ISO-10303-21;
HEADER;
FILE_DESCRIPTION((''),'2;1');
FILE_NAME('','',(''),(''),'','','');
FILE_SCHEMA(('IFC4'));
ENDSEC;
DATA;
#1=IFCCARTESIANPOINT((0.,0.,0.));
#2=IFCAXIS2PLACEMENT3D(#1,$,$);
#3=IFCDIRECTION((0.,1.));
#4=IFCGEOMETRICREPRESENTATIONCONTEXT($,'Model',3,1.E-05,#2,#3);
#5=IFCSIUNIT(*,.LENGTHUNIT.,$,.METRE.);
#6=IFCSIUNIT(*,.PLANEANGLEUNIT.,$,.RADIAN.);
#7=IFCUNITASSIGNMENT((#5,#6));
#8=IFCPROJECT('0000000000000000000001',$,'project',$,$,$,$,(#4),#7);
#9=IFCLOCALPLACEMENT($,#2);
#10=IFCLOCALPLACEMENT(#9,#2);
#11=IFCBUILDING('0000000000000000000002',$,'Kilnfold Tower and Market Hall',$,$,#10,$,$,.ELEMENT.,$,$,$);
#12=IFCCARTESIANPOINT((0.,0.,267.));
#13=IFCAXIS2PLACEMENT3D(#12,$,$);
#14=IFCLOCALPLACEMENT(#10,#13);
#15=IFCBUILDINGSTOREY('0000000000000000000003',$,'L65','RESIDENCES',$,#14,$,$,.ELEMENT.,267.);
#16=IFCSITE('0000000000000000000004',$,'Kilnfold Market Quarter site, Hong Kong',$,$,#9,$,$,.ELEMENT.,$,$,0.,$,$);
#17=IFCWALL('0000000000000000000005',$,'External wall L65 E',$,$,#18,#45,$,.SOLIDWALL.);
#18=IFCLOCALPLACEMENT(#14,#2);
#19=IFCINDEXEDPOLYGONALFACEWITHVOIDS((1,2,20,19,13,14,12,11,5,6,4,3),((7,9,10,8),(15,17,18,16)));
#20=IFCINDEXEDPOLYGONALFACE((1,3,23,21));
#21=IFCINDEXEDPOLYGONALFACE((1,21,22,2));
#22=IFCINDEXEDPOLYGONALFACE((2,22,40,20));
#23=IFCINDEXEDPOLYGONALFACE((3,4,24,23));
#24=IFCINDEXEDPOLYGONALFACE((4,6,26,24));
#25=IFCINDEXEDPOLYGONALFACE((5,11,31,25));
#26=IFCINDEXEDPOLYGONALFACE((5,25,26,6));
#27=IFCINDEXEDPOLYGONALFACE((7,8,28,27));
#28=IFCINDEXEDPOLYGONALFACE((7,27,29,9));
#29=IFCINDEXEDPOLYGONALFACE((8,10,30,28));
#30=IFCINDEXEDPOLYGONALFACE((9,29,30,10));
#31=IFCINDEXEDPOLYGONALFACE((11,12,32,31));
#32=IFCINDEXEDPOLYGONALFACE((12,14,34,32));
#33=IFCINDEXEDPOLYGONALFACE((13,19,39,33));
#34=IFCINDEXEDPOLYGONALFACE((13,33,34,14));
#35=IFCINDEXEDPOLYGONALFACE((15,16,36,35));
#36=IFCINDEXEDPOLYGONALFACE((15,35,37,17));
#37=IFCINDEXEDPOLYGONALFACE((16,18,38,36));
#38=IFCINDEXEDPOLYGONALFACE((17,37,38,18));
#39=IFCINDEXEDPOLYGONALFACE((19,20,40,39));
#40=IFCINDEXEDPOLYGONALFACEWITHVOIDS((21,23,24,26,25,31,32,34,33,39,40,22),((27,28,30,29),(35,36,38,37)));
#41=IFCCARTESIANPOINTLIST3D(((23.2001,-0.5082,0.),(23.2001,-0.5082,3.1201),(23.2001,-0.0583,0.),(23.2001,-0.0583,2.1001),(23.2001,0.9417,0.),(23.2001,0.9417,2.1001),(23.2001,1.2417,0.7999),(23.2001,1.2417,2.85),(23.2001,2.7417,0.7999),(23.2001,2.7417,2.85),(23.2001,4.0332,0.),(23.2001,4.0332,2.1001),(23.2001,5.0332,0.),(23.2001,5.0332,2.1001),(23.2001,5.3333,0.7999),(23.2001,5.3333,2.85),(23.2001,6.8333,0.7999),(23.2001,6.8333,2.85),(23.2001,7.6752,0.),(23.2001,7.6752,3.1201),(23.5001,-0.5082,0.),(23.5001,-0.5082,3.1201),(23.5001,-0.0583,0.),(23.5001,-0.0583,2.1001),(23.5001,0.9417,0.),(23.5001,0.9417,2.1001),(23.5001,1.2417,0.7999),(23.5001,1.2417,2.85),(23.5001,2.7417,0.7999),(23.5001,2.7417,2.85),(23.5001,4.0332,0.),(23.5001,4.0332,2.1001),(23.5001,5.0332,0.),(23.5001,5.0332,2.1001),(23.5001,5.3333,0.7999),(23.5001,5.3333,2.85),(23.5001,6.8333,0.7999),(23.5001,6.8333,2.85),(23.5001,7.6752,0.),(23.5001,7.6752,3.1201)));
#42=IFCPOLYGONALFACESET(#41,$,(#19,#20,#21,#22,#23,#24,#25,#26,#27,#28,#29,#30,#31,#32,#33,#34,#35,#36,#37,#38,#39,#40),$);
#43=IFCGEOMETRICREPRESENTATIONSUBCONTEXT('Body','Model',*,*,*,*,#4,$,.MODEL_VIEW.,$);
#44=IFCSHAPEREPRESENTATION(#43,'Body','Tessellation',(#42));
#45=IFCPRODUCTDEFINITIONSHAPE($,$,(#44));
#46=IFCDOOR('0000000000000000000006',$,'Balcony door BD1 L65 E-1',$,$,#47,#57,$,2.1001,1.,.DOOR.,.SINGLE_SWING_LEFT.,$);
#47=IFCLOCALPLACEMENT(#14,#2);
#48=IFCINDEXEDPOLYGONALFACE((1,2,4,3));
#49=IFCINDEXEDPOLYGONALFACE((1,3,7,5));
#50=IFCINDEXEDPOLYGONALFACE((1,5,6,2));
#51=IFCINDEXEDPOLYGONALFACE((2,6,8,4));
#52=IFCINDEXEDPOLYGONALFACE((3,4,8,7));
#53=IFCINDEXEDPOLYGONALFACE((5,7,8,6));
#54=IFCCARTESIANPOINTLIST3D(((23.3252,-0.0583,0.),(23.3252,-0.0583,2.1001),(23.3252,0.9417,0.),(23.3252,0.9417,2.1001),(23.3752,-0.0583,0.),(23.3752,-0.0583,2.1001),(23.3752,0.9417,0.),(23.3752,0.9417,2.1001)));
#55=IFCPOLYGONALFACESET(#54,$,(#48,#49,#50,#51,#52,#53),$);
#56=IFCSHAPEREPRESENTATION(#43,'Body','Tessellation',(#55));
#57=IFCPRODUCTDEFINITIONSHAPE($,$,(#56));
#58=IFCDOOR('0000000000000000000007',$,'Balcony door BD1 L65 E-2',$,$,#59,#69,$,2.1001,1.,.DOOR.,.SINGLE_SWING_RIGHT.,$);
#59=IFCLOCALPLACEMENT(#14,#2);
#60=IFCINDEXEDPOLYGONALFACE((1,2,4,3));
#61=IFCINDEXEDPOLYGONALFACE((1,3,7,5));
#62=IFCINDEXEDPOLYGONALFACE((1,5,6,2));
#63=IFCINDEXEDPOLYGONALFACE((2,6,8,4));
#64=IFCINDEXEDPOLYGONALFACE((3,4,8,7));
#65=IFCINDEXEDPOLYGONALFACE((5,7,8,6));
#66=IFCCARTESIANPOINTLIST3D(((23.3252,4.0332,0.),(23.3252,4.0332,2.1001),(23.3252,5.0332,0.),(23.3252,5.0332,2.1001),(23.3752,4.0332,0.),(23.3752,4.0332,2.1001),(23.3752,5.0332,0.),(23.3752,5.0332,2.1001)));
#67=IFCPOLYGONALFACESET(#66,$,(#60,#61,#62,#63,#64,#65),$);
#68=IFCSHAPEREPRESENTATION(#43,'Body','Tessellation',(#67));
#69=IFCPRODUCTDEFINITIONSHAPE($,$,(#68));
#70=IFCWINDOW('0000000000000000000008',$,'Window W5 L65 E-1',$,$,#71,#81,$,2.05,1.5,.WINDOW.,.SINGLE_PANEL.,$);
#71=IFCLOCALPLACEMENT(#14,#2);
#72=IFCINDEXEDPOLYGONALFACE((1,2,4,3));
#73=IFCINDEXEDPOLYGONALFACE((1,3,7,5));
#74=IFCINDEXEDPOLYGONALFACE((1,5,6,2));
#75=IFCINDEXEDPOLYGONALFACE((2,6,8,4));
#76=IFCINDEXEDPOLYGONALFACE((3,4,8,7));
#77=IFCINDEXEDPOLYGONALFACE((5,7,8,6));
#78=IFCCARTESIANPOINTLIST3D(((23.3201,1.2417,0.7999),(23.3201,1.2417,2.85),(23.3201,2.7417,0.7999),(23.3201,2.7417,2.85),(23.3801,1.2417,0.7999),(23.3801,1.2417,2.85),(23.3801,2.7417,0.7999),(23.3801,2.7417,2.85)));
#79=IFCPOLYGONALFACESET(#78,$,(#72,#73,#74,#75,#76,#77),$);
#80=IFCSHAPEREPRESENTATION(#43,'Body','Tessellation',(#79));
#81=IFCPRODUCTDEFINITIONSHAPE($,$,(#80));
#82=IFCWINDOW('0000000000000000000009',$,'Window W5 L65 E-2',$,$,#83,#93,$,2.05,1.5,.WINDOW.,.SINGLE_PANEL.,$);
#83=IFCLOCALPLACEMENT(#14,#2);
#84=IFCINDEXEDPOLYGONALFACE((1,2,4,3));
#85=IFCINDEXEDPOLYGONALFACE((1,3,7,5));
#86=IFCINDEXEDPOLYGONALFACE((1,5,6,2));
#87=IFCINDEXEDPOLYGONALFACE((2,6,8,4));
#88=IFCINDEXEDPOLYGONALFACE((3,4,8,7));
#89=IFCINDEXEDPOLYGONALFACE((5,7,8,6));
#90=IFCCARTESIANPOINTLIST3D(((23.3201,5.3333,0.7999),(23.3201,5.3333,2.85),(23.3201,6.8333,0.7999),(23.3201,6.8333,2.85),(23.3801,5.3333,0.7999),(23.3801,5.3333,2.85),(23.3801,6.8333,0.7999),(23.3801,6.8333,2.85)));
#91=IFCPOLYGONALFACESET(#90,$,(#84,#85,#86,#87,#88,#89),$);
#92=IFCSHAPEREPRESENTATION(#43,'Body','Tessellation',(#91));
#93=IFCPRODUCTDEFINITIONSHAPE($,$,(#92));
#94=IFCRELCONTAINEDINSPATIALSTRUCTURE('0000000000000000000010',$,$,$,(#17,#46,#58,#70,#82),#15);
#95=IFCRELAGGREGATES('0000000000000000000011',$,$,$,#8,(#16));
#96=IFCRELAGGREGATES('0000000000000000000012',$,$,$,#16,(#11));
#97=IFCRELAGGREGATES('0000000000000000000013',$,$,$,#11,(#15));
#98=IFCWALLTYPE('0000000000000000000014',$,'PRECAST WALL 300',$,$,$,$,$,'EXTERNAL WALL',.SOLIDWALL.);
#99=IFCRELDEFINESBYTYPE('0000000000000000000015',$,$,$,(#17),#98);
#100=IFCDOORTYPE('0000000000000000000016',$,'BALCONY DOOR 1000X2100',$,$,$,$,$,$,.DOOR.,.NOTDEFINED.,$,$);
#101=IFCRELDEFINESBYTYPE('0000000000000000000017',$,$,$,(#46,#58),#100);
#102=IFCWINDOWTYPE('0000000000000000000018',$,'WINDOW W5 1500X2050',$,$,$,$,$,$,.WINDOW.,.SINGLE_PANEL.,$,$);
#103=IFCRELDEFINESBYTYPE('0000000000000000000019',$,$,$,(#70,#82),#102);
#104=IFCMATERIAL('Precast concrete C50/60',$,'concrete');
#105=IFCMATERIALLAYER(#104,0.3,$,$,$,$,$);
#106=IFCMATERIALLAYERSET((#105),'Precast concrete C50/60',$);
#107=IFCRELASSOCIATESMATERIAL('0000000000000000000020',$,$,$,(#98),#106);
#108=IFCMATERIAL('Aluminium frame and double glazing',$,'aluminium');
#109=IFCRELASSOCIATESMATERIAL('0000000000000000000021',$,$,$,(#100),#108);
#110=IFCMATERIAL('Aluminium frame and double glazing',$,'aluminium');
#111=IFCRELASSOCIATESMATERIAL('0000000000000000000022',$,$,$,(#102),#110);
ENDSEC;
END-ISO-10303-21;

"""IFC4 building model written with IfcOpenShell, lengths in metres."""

from ifc_helpers import new_model, si_unit, direction, frame, frame_2d, origin, place, context, subcontext, project, spatial, rectangle, extrude, source, transform, mapped, material, layer, layer_set, type_object, element, fill, save


model = new_model("IFC4")

# Units and contexts
model_context = context("Model", 3, precision=1e-05, world=origin(), true_north=direction((0.0, 1.0)))
body_context = subcontext(model_context, "Body", "Model", "MODEL_VIEW")
ifc_project = project(units=[si_unit("LENGTHUNIT", "METRE"), si_unit("PLANEANGLEUNIT", "RADIAN")], contexts=[model_context])

# Site, building, storey
site_placement = place(None, origin())
site = spatial("IfcSite", under=ifc_project, at=site_placement, Name="Kilnfold Market Quarter site, Hong Kong", CompositionType="ELEMENT", RefElevation=0.0)
building_placement = place(site_placement, origin())
building = spatial("IfcBuilding", under=site, at=building_placement, Name="Kilnfold Tower and Market Hall", CompositionType="ELEMENT")
storey_placement = place(building_placement, frame((0.0, 0.0, 267.0)))
storey = spatial("IfcBuildingStorey", under=building, at=storey_placement, Name="L65", Description="RESIDENCES", CompositionType="ELEMENT", Elevation=267.0)

# Wall, openings, doors, windows
ifc_material_1 = material(Name="Precast concrete C50/60", Category="concrete")
ifc_layer_1 = layer(ifc_material_1, 0.3)
ifc_layer_set_1 = layer_set([ifc_layer_1], Name="Precast concrete C50/60")
wall_type_1 = type_object("IfcWallType", Name="PRECAST WALL 300", ElementType="EXTERNAL WALL", PredefinedType="SOLIDWALL", material=ifc_layer_set_1)
shared_shape_1 = source(origin(), body_context, "Body", "SweptSolid", [
    extrude(rectangle(XDim=8.1833, YDim=0.3, at=frame_2d((4.0918, 0.0))), origin(), (0.0, 0.0, 1.0), 3.1201),
])
wall_1_placement = place(storey_placement, frame((23.3501, -0.5083, 0.0), z_axis=(0.0, 0.0, 1.0), x_axis=(0.0, 1.0, 0.0)))
wall_1 = element("IfcWall", 1, at=wall_1_placement, inside=storey, type_object=wall_type_1, Name="External wall L65 E", PredefinedType="SOLIDWALL", context=body_context, shape_type="MappedRepresentation", body=[
    mapped(shared_shape_1, transform((0.0, 0.0, 0.0))),
])
opening_1_placement = place(wall_1_placement, frame((1.75, 0.0, 0.8)))
opening_1 = element("IfcOpeningElement", 2, at=opening_1_placement, cuts=wall_1, PredefinedType="OPENING", context=body_context, shape_type="SweptSolid", body=[
    extrude(rectangle(XDim=1.5, YDim=2.05, at=frame_2d((0.75, 1.0249))), frame((0.0, 0.1602, 0.0), z_axis=(0.0, -1.0, 0.0), x_axis=(1.0, 0.0, 0.0)), (0.0, 0.0, 1.0), 0.3201),
])
opening_2_placement = place(wall_1_placement, frame((0.45, 0.0, 0.0)))
opening_2 = element("IfcOpeningElement", 3, at=opening_2_placement, cuts=wall_1, PredefinedType="OPENING", context=body_context, shape_type="SweptSolid", body=[
    extrude(rectangle(XDim=1.0, YDim=2.1001, at=frame_2d((0.5, 1.05))), frame((0.0, 0.1602, 0.0), z_axis=(0.0, -1.0, 0.0), x_axis=(1.0, 0.0, 0.0)), (0.0, 0.0, 1.0), 0.3201),
])
opening_3_placement = place(wall_1_placement, frame((5.8416, 0.0, 0.8)))
opening_3 = element("IfcOpeningElement", 4, at=opening_3_placement, cuts=wall_1, PredefinedType="OPENING", context=body_context, shape_type="SweptSolid", body=[
    extrude(rectangle(XDim=1.5, YDim=2.05, at=frame_2d((0.75, 1.0249))), frame((0.0, 0.1602, 0.0), z_axis=(0.0, -1.0, 0.0), x_axis=(1.0, 0.0, 0.0)), (0.0, 0.0, 1.0), 0.3201),
])
opening_4_placement = place(wall_1_placement, frame((4.5415, 0.0, 0.0)))
opening_4 = element("IfcOpeningElement", 5, at=opening_4_placement, cuts=wall_1, PredefinedType="OPENING", context=body_context, shape_type="SweptSolid", body=[
    extrude(rectangle(XDim=1.0, YDim=2.1001, at=frame_2d((0.5, 1.05))), frame((0.0, 0.1602, 0.0), z_axis=(0.0, -1.0, 0.0), x_axis=(1.0, 0.0, 0.0)), (0.0, 0.0, 1.0), 0.3201),
])
ifc_material_2 = material(Name="Aluminium frame and double glazing", Category="aluminium")
door_type_1 = type_object("IfcDoorType", Name="BALCONY DOOR 1000X2100", OperationType="NOTDEFINED", PredefinedType="DOOR", material=ifc_material_2)
door_1_placement = place(opening_2_placement, origin())
door_1 = element("IfcDoor", 6, at=door_1_placement, inside=storey, type_object=door_type_1, Name="Balcony door BD1 L65 E-1", OperationType="SINGLE_SWING_LEFT", OverallHeight=2.1001, OverallWidth=1.0, PredefinedType="DOOR", context=body_context, shape_type="SweptSolid", body=[
    extrude(rectangle(XDim=1.0, YDim=2.1001, at=frame_2d((0.5, 1.05))), frame((0.0, 0.0249, 0.0), z_axis=(0.0, -1.0, 0.0), x_axis=(1.0, 0.0, 0.0)), (0.0, 0.0, 1.0), 0.05),
])
fill(opening_2, door_1)
door_2_placement = place(opening_4_placement, origin())
door_2 = element("IfcDoor", 7, at=door_2_placement, inside=storey, type_object=door_type_1, Name="Balcony door BD1 L65 E-2", OperationType="SINGLE_SWING_RIGHT", OverallHeight=2.1001, OverallWidth=1.0, PredefinedType="DOOR", context=body_context, shape_type="SweptSolid", body=[
    extrude(rectangle(XDim=1.0, YDim=2.1001, at=frame_2d((0.5, 1.05))), frame((0.0, 0.0249, 0.0), z_axis=(0.0, -1.0, 0.0), x_axis=(1.0, 0.0, 0.0)), (0.0, 0.0, 1.0), 0.05),
])
fill(opening_4, door_2)
ifc_material_3 = material(Name="Aluminium frame and double glazing", Category="aluminium")
window_type = type_object("IfcWindowType", Name="WINDOW W5 1500X2050", PartitioningType="SINGLE_PANEL", PredefinedType="WINDOW", material=ifc_material_3)
window_1_placement = place(opening_1_placement, origin())
window_1 = element("IfcWindow", 8, at=window_1_placement, inside=storey, type_object=window_type, Name="Window W5 L65 E-1", OverallHeight=2.05, OverallWidth=1.5, PartitioningType="SINGLE_PANEL", PredefinedType="WINDOW", context=body_context, shape_type="SweptSolid", body=[
    extrude(rectangle(XDim=1.5, YDim=2.05, at=frame_2d((0.75, 1.0249))), frame((0.0, 0.03, 0.0), z_axis=(0.0, -1.0, 0.0), x_axis=(1.0, 0.0, 0.0)), (0.0, 0.0, 1.0), 0.0601),
])
fill(opening_1, window_1)
window_2_placement = place(opening_3_placement, origin())
window_2 = element("IfcWindow", 9, at=window_2_placement, inside=storey, type_object=window_type, Name="Window W5 L65 E-2", OverallHeight=2.05, OverallWidth=1.5, PartitioningType="SINGLE_PANEL", PredefinedType="WINDOW", context=body_context, shape_type="SweptSolid", body=[
    extrude(rectangle(XDim=1.5, YDim=2.05, at=frame_2d((0.75, 1.0249))), frame((0.0, 0.03, 0.0), z_axis=(0.0, -1.0, 0.0), x_axis=(1.0, 0.0, 0.0)), (0.0, 0.0, 1.0), 0.0601),
])
fill(opening_3, window_2)

save(model, "model.ifc")
